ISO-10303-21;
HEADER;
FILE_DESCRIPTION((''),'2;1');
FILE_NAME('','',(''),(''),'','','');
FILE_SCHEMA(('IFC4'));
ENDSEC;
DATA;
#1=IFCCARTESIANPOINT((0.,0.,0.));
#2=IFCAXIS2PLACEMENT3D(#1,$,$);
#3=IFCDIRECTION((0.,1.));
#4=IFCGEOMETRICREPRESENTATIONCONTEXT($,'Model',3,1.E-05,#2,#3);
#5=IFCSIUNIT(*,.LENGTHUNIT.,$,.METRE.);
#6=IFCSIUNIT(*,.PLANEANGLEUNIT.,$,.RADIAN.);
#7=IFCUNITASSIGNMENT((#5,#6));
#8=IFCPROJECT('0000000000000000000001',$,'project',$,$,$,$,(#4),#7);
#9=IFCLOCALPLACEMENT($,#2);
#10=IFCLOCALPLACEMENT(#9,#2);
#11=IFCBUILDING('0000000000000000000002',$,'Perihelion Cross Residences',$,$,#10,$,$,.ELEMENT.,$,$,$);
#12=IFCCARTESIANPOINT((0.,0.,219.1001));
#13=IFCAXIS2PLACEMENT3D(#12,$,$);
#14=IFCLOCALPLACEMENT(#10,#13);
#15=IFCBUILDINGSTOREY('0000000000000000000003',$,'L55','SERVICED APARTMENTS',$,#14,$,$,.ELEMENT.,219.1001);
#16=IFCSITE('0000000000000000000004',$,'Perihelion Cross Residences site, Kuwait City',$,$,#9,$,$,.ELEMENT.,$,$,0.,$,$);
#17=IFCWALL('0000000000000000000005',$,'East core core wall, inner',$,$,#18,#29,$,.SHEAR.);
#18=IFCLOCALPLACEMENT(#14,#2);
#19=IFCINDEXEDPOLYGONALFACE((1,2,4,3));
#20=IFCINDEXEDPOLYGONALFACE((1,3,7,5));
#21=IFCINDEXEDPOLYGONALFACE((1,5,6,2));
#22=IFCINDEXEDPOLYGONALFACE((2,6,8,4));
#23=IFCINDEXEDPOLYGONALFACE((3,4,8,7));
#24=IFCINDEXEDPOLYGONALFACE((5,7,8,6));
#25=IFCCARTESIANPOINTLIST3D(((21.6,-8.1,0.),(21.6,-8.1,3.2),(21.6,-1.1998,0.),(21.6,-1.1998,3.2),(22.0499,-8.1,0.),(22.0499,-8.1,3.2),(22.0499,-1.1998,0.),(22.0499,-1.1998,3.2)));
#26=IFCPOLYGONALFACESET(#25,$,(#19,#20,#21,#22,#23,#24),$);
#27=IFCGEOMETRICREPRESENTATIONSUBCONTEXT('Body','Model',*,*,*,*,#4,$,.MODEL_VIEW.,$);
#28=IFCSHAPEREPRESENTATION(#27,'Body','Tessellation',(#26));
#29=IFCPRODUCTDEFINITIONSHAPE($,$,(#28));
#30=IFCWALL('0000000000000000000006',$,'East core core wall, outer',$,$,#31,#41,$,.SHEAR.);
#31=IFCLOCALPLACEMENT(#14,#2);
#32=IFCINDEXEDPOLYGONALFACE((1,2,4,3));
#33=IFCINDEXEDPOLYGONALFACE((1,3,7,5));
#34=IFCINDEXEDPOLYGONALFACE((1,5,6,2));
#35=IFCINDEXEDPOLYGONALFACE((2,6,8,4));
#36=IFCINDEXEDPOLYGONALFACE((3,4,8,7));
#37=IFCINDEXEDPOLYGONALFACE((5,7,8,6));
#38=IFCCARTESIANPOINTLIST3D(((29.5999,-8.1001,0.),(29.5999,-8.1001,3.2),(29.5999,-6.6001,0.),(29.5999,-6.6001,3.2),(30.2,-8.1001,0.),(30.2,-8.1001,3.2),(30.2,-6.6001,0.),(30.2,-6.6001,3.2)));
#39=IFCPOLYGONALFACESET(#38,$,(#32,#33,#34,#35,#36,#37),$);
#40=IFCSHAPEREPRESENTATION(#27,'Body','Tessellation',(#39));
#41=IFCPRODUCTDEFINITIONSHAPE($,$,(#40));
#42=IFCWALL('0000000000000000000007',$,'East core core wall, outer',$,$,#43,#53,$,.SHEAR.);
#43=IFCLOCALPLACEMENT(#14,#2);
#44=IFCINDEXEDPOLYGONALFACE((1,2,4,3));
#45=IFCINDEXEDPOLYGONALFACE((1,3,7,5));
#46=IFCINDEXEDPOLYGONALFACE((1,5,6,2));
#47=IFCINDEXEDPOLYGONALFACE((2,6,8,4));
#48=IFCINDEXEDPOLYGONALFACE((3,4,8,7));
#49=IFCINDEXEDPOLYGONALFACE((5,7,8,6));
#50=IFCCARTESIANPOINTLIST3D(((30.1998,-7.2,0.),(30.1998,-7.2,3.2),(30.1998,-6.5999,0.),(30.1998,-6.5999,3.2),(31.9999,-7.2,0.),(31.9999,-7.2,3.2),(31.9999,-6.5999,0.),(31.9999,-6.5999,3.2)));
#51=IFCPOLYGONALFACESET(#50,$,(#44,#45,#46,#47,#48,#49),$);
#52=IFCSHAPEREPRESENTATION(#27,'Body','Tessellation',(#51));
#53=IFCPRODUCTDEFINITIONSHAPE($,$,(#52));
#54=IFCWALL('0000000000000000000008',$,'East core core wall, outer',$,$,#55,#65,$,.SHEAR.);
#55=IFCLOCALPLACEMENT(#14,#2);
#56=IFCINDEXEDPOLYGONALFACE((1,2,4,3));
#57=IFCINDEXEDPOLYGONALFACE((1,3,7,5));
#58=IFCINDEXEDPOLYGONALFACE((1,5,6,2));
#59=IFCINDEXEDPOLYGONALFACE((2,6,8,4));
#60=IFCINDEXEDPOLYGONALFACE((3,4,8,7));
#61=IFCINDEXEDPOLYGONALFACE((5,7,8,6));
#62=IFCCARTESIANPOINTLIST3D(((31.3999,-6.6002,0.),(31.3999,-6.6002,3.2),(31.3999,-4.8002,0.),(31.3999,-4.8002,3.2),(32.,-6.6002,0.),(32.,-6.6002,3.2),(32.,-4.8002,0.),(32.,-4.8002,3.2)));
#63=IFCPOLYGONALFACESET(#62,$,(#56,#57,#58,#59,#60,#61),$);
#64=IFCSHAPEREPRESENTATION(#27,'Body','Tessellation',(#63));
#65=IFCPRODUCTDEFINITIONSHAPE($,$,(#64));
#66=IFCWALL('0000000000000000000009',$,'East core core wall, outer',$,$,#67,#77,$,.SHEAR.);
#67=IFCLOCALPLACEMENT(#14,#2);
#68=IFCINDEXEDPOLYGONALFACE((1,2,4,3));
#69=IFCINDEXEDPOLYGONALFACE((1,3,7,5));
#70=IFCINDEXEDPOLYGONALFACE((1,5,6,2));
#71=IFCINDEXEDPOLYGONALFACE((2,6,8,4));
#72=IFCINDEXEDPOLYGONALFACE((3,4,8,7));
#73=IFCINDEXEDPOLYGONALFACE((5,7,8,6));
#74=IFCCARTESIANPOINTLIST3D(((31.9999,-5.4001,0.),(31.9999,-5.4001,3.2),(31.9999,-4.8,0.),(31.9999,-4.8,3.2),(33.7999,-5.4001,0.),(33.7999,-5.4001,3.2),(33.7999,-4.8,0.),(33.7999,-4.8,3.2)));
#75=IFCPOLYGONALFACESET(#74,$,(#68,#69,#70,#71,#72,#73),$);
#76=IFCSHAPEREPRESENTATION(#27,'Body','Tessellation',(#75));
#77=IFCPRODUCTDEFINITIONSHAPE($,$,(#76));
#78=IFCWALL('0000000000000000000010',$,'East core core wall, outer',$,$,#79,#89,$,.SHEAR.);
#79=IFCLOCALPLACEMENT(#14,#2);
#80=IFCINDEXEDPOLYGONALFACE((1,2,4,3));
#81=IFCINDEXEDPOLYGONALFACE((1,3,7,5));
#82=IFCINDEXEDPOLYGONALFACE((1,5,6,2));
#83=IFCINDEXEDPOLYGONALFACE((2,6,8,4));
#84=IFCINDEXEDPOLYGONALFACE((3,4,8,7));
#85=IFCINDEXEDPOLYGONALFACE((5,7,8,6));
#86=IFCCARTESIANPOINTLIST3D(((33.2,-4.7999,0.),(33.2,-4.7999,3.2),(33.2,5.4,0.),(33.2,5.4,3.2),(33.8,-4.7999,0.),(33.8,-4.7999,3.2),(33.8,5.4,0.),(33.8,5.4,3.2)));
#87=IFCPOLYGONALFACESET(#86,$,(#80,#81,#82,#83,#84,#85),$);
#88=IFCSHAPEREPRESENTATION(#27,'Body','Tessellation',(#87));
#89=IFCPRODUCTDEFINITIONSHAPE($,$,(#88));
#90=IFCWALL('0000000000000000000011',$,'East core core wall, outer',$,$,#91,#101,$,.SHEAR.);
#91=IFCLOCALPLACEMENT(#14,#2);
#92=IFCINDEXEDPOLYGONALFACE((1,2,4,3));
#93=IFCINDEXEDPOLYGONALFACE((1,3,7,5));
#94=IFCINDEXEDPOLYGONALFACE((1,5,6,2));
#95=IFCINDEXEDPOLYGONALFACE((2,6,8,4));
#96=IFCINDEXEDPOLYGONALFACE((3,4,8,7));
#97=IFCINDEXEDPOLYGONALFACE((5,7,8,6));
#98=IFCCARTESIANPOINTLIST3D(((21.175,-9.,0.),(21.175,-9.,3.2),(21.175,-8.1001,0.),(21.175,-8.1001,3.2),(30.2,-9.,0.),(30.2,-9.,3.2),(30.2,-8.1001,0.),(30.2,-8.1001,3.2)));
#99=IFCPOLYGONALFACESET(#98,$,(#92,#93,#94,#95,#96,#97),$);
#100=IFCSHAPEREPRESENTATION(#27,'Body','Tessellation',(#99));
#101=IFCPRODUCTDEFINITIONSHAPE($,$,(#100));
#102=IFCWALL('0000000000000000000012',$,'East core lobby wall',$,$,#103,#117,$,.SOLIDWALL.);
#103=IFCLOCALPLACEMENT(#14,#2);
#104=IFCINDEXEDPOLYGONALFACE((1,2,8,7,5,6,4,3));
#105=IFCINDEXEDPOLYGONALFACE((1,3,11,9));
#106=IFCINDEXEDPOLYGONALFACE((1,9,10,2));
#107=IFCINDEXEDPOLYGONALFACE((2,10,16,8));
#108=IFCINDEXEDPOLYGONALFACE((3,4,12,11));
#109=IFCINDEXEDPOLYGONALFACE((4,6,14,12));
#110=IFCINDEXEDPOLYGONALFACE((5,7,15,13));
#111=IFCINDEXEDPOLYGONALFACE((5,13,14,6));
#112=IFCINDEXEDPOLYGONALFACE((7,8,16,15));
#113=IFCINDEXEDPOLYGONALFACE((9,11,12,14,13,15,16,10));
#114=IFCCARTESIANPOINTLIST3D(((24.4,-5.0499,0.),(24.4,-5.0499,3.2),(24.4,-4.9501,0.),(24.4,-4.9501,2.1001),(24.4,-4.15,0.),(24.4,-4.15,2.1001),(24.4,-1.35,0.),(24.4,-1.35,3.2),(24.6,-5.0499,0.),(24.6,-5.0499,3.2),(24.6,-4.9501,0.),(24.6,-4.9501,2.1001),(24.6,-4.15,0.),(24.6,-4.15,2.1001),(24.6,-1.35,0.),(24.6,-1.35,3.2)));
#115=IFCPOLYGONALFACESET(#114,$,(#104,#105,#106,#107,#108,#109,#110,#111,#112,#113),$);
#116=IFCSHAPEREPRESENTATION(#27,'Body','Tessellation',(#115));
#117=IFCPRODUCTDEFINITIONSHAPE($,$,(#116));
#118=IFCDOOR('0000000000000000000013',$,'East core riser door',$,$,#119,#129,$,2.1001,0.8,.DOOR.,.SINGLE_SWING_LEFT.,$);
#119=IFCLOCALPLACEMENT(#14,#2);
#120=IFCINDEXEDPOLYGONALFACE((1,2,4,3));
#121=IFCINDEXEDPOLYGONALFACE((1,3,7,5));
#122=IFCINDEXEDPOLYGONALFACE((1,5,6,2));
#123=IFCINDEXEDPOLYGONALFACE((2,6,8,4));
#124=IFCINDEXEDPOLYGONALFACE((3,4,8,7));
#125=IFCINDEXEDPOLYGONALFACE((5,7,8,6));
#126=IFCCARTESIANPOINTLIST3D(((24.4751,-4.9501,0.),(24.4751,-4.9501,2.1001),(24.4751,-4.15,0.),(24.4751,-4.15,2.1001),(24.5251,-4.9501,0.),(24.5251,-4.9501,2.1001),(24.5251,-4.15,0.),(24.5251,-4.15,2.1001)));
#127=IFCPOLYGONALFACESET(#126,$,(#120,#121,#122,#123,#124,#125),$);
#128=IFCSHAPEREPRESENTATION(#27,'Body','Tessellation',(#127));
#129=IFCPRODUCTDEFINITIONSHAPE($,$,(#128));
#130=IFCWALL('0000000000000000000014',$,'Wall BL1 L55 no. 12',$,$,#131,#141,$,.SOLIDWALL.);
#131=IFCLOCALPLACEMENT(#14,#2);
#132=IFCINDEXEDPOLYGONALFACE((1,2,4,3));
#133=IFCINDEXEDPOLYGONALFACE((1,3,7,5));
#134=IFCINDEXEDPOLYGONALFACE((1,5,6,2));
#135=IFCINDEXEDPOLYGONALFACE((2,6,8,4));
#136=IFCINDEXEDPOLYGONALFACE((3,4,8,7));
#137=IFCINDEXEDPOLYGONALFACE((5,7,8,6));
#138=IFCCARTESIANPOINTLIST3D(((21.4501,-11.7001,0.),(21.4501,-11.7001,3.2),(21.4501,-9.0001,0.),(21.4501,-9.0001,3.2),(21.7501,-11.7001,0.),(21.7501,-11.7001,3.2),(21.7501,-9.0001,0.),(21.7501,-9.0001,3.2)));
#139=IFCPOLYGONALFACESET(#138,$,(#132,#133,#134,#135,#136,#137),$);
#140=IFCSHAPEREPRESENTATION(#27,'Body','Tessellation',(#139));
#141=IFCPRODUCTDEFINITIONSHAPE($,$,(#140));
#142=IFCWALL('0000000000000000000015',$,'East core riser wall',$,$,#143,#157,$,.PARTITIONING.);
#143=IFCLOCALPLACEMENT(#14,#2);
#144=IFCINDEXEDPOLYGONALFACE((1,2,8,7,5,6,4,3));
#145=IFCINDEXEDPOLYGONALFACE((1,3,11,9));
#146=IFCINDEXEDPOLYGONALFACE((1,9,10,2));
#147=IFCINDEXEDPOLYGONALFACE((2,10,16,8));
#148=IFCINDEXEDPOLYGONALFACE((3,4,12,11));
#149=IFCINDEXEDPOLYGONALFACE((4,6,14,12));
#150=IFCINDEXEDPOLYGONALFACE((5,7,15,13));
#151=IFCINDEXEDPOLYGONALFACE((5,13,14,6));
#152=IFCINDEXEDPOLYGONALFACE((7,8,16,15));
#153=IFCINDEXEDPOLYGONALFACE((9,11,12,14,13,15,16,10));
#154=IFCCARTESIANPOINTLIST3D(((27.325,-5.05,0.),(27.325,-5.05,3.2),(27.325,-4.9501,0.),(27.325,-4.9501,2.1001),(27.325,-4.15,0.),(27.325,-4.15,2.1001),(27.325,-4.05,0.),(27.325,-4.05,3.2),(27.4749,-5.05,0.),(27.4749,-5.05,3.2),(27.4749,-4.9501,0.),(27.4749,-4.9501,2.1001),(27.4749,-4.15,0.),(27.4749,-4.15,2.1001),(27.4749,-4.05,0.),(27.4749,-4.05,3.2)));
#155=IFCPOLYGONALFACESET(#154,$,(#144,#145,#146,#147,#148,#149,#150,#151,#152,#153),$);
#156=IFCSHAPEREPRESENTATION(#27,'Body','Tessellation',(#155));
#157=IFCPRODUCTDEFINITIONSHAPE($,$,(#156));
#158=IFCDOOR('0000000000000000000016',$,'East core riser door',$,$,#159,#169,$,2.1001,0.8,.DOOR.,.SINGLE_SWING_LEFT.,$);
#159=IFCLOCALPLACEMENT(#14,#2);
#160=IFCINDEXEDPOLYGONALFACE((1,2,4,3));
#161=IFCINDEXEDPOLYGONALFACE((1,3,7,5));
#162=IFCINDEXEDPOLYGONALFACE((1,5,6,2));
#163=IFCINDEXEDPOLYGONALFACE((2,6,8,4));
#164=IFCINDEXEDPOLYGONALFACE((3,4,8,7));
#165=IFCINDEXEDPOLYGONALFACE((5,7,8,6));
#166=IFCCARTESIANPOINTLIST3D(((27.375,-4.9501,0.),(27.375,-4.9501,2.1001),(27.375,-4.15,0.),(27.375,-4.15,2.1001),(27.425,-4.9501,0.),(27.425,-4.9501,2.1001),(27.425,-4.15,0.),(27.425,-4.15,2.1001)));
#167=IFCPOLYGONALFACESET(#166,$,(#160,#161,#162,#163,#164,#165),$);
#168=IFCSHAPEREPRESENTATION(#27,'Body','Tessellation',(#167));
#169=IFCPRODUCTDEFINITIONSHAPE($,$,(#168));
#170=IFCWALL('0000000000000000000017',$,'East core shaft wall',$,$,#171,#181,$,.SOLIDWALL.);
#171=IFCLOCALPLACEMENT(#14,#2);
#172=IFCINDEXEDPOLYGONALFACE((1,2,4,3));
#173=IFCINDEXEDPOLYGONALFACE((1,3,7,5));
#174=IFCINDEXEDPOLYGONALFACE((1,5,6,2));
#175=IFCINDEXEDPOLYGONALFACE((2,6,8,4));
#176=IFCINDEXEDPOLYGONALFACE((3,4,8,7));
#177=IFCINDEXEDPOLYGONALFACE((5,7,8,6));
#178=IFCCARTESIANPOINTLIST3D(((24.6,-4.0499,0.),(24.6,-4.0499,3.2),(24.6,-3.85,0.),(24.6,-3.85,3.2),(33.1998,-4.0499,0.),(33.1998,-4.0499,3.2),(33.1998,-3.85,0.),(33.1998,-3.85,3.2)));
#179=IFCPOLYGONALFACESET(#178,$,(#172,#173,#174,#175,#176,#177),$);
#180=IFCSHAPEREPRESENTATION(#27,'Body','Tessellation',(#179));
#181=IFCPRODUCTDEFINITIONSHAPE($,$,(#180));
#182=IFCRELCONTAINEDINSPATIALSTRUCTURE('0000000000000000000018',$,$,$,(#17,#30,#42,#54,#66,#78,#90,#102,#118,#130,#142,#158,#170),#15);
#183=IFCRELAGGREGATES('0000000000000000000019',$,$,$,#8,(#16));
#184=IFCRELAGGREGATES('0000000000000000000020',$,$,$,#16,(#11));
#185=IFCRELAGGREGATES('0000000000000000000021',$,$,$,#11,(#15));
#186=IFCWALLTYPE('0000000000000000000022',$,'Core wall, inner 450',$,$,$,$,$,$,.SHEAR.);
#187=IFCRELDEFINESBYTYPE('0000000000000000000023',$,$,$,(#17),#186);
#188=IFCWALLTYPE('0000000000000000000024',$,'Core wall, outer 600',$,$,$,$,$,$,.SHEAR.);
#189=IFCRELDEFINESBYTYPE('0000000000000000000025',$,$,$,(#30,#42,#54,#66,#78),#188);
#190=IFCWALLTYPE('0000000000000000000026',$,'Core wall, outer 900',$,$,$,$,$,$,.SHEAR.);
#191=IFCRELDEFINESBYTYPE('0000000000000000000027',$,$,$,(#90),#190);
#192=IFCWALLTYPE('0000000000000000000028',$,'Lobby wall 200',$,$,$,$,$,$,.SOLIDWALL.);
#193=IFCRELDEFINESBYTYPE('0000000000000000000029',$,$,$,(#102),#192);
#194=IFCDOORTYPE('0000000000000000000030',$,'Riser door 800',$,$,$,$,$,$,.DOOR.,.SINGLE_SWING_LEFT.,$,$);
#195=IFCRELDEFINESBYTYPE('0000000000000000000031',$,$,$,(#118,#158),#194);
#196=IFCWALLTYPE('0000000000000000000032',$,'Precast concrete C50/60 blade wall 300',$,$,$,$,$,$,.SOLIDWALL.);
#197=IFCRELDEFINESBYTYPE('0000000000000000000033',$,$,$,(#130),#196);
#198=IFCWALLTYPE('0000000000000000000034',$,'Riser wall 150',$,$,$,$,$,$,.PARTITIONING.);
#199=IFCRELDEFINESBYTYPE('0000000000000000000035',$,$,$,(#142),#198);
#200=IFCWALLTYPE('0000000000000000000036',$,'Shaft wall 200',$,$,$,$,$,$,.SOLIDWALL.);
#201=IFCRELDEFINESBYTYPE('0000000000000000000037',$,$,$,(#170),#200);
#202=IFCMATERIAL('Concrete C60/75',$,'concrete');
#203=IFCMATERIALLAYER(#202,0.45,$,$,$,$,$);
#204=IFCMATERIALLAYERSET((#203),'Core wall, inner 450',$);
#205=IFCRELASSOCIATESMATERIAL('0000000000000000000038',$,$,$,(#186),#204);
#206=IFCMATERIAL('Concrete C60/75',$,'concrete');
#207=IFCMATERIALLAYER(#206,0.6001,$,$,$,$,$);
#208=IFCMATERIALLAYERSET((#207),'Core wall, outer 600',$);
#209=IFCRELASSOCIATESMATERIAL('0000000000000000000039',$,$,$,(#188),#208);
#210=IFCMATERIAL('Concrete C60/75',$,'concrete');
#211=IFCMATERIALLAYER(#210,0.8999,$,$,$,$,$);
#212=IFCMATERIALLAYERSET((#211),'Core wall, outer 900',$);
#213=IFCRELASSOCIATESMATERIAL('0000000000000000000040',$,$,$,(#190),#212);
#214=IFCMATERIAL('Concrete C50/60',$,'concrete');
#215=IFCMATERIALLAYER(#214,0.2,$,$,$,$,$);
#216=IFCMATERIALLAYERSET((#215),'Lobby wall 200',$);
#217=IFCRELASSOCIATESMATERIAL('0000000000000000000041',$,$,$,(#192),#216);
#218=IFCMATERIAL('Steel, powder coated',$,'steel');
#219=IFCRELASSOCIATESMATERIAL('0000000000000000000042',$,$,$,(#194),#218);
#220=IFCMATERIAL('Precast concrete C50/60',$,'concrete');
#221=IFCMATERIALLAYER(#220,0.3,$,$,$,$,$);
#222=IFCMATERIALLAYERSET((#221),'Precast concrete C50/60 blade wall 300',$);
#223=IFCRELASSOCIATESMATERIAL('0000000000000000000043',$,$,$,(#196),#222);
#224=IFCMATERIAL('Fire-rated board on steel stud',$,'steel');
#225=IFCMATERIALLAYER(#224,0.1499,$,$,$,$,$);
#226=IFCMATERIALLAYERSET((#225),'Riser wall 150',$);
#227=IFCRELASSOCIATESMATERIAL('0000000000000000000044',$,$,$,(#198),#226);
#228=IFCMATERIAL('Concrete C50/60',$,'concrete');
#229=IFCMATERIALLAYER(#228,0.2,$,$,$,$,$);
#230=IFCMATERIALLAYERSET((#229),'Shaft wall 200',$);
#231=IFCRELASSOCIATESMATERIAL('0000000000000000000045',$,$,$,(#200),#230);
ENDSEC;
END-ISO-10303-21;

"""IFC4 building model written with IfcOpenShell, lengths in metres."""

from ifc_helpers import new_model, si_unit, direction, frame, frame_2d, origin, place, context, subcontext, project, spatial, rectangle, extrude, material, layer, layer_set, type_object, element, fill, save


model = new_model("IFC4")

# Units and contexts
model_context = context("Model", 3, precision=1e-05, world=origin(), true_north=direction((0.0, 1.0)))
body_context = subcontext(model_context, "Body", "Model", "MODEL_VIEW")
ifc_project = project(units=[si_unit("LENGTHUNIT", "METRE"), si_unit("PLANEANGLEUNIT", "RADIAN")], contexts=[model_context])

# Site, building, storey
site_placement = place(None, origin())
site = spatial("IfcSite", under=ifc_project, at=site_placement, Name="Perihelion Cross Residences site, Kuwait City", CompositionType="ELEMENT", RefElevation=0.0)
building_placement = place(site_placement, origin())
building = spatial("IfcBuilding", under=site, at=building_placement, Name="Perihelion Cross Residences", CompositionType="ELEMENT")
storey_placement = place(building_placement, frame((0.0, 0.0, 219.1001)))
storey = spatial("IfcBuildingStorey", under=building, at=storey_placement, Name="L55", Description="SERVICED APARTMENTS", CompositionType="ELEMENT", Elevation=219.1001)

# Walls
ifc_material_1 = material(Name="Concrete C60/75", Category="concrete")
ifc_layer_1 = layer(ifc_material_1, 0.45)
ifc_layer_set_1 = layer_set([ifc_layer_1], Name="Core wall, inner 450")
wall_type_1 = type_object("IfcWallType", Name="Core wall, inner 450", PredefinedType="SHEAR", material=ifc_layer_set_1)
wall_1_placement = place(storey_placement, frame((21.825, -8.1001, 0.0), z_axis=(0.0, 0.0, 1.0), x_axis=(0.0, 1.0, 0.0)))
element("IfcWall", 1, at=wall_1_placement, inside=storey, type_object=wall_type_1, Name="East core core wall, inner", PredefinedType="SHEAR", context=body_context, shape_type="SweptSolid", body=[
    extrude(rectangle(XDim=6.9001, YDim=0.45, at=frame_2d((3.4502, 0.0))), origin(), (0.0, 0.0, 1.0), 3.2),
])
ifc_material_2 = material(Name="Concrete C60/75", Category="concrete")
ifc_layer_2 = layer(ifc_material_2, 0.6001)
ifc_layer_set_2 = layer_set([ifc_layer_2], Name="Core wall, outer 600")
wall_type_2 = type_object("IfcWallType", Name="Core wall, outer 600", PredefinedType="SHEAR", material=ifc_layer_set_2)
wall_2_placement = place(storey_placement, frame((29.8999, -8.1001, 0.0), z_axis=(0.0, 0.0, 1.0), x_axis=(0.0, 1.0, 0.0)))
element("IfcWall", 2, at=wall_2_placement, inside=storey, type_object=wall_type_2, Name="East core core wall, outer", PredefinedType="SHEAR", context=body_context, shape_type="SweptSolid", body=[
    extrude(rectangle(XDim=1.5, YDim=0.6001, at=frame_2d((0.75, 0.0))), origin(), (0.0, 0.0, 1.0), 3.2),
])
for number, where, z_axis, x_axis, name in (
    (3, (30.2, -6.8999, 0.0), (0.0, 0.0, 1.0), (1.0, 0.0, 0.0), "East core core wall, outer"),
    (4, (31.7, -6.6001, 0.0), (0.0, 0.0, 1.0), (0.0, 1.0, 0.0), "East core core wall, outer"),
    (5, (32.0, -5.1001, 0.0), (0.0, 0.0, 1.0), (1.0, 0.0, 0.0), "East core core wall, outer"),
):
    element("IfcWall", number, at=place(storey_placement, frame(where, z_axis=z_axis, x_axis=x_axis)), inside=storey, type_object=wall_type_2, Name=name, PredefinedType="SHEAR", context=body_context, shape_type="SweptSolid", body=[
        extrude(rectangle(XDim=1.8, YDim=0.6001, at=frame_2d((0.8999, 0.0))), origin(), (0.0, 0.0, 1.0), 3.2),
    ])
wall_3_placement = place(storey_placement, frame((33.5, -4.8, 0.0), z_axis=(0.0, 0.0, 1.0), x_axis=(0.0, 1.0, 0.0)))
element("IfcWall", 6, at=wall_3_placement, inside=storey, type_object=wall_type_2, Name="East core core wall, outer", PredefinedType="SHEAR", context=body_context, shape_type="SweptSolid", body=[
    extrude(rectangle(XDim=10.2, YDim=0.6001, at=frame_2d((5.1001, 0.0))), origin(), (0.0, 0.0, 1.0), 3.2),
])
ifc_material_3 = material(Name="Concrete C60/75", Category="concrete")
ifc_layer_3 = layer(ifc_material_3, 0.8999)
ifc_layer_set_3 = layer_set([ifc_layer_3], Name="Core wall, outer 900")
wall_type_3 = type_object("IfcWallType", Name="Core wall, outer 900", PredefinedType="SHEAR", material=ifc_layer_set_3)
wall_4_placement = place(storey_placement, frame((21.175, -8.55, 0.0), z_axis=(0.0, 0.0, 1.0), x_axis=(1.0, 0.0, 0.0)))
element("IfcWall", 7, at=wall_4_placement, inside=storey, type_object=wall_type_3, Name="East core core wall, outer", PredefinedType="SHEAR", context=body_context, shape_type="SweptSolid", body=[
    extrude(rectangle(XDim=9.0249, YDim=0.8999, at=frame_2d((4.5125, 0.0))), origin(), (0.0, 0.0, 1.0), 3.2),
])

# Wall, opening, door
ifc_material_4 = material(Name="Concrete C50/60", Category="concrete")
ifc_layer_4 = layer(ifc_material_4, 0.2)
ifc_layer_set_4 = layer_set([ifc_layer_4], Name="Lobby wall 200")
wall_type_4 = type_object("IfcWallType", Name="Lobby wall 200", PredefinedType="SOLIDWALL", material=ifc_layer_set_4)
wall_5_placement = place(storey_placement, frame((24.5, -5.05, 0.0), z_axis=(0.0, 0.0, 1.0), x_axis=(0.0, 1.0, 0.0)))
wall_5 = element("IfcWall", 8, at=wall_5_placement, inside=storey, type_object=wall_type_4, Name="East core lobby wall", PredefinedType="SOLIDWALL", context=body_context, shape_type="SweptSolid", body=[
    extrude(rectangle(XDim=3.7, YDim=0.2, at=frame_2d((1.8501, 0.0))), origin(), (0.0, 0.0, 1.0), 3.2),
])
opening_1_placement = place(wall_5_placement, frame((0.1001, 0.0, 0.0)))
opening_1 = element("IfcOpeningElement", 9, at=opening_1_placement, cuts=wall_5, PredefinedType="OPENING", context=body_context, shape_type="SweptSolid", body=[
    extrude(rectangle(XDim=0.8, YDim=2.1001, at=frame_2d((0.3999, 1.05))), frame((0.0, 0.1099, 0.0), z_axis=(0.0, -1.0, 0.0), x_axis=(1.0, 0.0, 0.0)), (0.0, 0.0, 1.0), 0.22),
])
ifc_material_5 = material(Name="Steel, powder coated", Category="steel")
door_type_1 = type_object("IfcDoorType", Name="Riser door 800", OperationType="SINGLE_SWING_LEFT", PredefinedType="DOOR", material=ifc_material_5)
door_1_placement = place(opening_1_placement, origin())
door_1 = element("IfcDoor", 10, at=door_1_placement, inside=storey, type_object=door_type_1, Name="East core riser door", OperationType="SINGLE_SWING_LEFT", OverallHeight=2.1001, OverallWidth=0.8, PredefinedType="DOOR", context=body_context, shape_type="SweptSolid", body=[
    extrude(rectangle(XDim=0.8, YDim=2.1001, at=frame_2d((0.3999, 1.05))), frame((0.0, 0.0249, 0.0), z_axis=(0.0, -1.0, 0.0), x_axis=(1.0, 0.0, 0.0)), (0.0, 0.0, 1.0), 0.05),
])
fill(opening_1, door_1)

# Wall
ifc_material_6 = material(Name="Precast concrete C50/60", Category="concrete")
ifc_layer_5 = layer(ifc_material_6, 0.3)
ifc_layer_set_5 = layer_set([ifc_layer_5], Name="Precast concrete C50/60 blade wall 300")
wall_type_5 = type_object("IfcWallType", Name="Precast concrete C50/60 blade wall 300", PredefinedType="SOLIDWALL", material=ifc_layer_set_5)
wall_6_placement = place(storey_placement, frame((21.6001, -9.0, 0.0), z_axis=(0.0, 0.0, 1.0), x_axis=(0.0, -1.0, 0.0)))
element("IfcWall", 11, at=wall_6_placement, inside=storey, type_object=wall_type_5, Name="Wall BL1 L55 no. 12", PredefinedType="SOLIDWALL", context=body_context, shape_type="SweptSolid", body=[
    extrude(rectangle(XDim=2.7, YDim=0.3, at=frame_2d((1.3501, 0.0))), origin(), (0.0, 0.0, 1.0), 3.2),
])

# Wall, opening, door
ifc_material_7 = material(Name="Fire-rated board on steel stud", Category="steel")
ifc_layer_6 = layer(ifc_material_7, 0.1499)
ifc_layer_set_6 = layer_set([ifc_layer_6], Name="Riser wall 150")
wall_type_6 = type_object("IfcWallType", Name="Riser wall 150", PredefinedType="PARTITIONING", material=ifc_layer_set_6)
wall_7_placement = place(storey_placement, frame((27.3999, -5.05, 0.0), z_axis=(0.0, 0.0, 1.0), x_axis=(0.0, 1.0, 0.0)))
wall_7 = element("IfcWall", 12, at=wall_7_placement, inside=storey, type_object=wall_type_6, Name="East core riser wall", PredefinedType="PARTITIONING", context=body_context, shape_type="SweptSolid", body=[
    extrude(rectangle(XDim=1.0, YDim=0.1499, at=frame_2d((0.5, 0.0))), origin(), (0.0, 0.0, 1.0), 3.2),
])
opening_2_placement = place(wall_7_placement, frame((0.1001, 0.0, 0.0)))
opening_2 = element("IfcOpeningElement", 13, at=opening_2_placement, cuts=wall_7, PredefinedType="OPENING", context=body_context, shape_type="SweptSolid", body=[
    extrude(rectangle(XDim=0.8, YDim=2.1001, at=frame_2d((0.3999, 1.05))), frame((0.0, 0.085, 0.0), z_axis=(0.0, -1.0, 0.0), x_axis=(1.0, 0.0, 0.0)), (0.0, 0.0, 1.0), 0.1699),
])
door_2_placement = place(opening_2_placement, origin())
door_2 = element("IfcDoor", 14, at=door_2_placement, inside=storey, type_object=door_type_1, Name="East core riser door", OperationType="SINGLE_SWING_LEFT", OverallHeight=2.1001, OverallWidth=0.8, PredefinedType="DOOR", context=body_context, shape_type="SweptSolid", body=[
    extrude(rectangle(XDim=0.8, YDim=2.1001, at=frame_2d((0.3999, 1.05))), frame((0.0, 0.0249, 0.0), z_axis=(0.0, -1.0, 0.0), x_axis=(1.0, 0.0, 0.0)), (0.0, 0.0, 1.0), 0.05),
])
fill(opening_2, door_2)

# Wall
ifc_material_8 = material(Name="Concrete C50/60", Category="concrete")
ifc_layer_7 = layer(ifc_material_8, 0.2)
ifc_layer_set_7 = layer_set([ifc_layer_7], Name="Shaft wall 200")
wall_type_7 = type_object("IfcWallType", Name="Shaft wall 200", PredefinedType="SOLIDWALL", material=ifc_layer_set_7)
wall_8_placement = place(storey_placement, frame((24.6001, -3.95, 0.0), z_axis=(0.0, 0.0, 1.0), x_axis=(1.0, 0.0, 0.0)))
element("IfcWall", 15, at=wall_8_placement, inside=storey, type_object=wall_type_7, Name="East core shaft wall", PredefinedType="SOLIDWALL", context=body_context, shape_type="SweptSolid", body=[
    extrude(rectangle(XDim=8.5999, YDim=0.2, at=frame_2d((4.2998, 0.0))), origin(), (0.0, 0.0, 1.0), 3.2),
])

save(model, "model.ifc")
